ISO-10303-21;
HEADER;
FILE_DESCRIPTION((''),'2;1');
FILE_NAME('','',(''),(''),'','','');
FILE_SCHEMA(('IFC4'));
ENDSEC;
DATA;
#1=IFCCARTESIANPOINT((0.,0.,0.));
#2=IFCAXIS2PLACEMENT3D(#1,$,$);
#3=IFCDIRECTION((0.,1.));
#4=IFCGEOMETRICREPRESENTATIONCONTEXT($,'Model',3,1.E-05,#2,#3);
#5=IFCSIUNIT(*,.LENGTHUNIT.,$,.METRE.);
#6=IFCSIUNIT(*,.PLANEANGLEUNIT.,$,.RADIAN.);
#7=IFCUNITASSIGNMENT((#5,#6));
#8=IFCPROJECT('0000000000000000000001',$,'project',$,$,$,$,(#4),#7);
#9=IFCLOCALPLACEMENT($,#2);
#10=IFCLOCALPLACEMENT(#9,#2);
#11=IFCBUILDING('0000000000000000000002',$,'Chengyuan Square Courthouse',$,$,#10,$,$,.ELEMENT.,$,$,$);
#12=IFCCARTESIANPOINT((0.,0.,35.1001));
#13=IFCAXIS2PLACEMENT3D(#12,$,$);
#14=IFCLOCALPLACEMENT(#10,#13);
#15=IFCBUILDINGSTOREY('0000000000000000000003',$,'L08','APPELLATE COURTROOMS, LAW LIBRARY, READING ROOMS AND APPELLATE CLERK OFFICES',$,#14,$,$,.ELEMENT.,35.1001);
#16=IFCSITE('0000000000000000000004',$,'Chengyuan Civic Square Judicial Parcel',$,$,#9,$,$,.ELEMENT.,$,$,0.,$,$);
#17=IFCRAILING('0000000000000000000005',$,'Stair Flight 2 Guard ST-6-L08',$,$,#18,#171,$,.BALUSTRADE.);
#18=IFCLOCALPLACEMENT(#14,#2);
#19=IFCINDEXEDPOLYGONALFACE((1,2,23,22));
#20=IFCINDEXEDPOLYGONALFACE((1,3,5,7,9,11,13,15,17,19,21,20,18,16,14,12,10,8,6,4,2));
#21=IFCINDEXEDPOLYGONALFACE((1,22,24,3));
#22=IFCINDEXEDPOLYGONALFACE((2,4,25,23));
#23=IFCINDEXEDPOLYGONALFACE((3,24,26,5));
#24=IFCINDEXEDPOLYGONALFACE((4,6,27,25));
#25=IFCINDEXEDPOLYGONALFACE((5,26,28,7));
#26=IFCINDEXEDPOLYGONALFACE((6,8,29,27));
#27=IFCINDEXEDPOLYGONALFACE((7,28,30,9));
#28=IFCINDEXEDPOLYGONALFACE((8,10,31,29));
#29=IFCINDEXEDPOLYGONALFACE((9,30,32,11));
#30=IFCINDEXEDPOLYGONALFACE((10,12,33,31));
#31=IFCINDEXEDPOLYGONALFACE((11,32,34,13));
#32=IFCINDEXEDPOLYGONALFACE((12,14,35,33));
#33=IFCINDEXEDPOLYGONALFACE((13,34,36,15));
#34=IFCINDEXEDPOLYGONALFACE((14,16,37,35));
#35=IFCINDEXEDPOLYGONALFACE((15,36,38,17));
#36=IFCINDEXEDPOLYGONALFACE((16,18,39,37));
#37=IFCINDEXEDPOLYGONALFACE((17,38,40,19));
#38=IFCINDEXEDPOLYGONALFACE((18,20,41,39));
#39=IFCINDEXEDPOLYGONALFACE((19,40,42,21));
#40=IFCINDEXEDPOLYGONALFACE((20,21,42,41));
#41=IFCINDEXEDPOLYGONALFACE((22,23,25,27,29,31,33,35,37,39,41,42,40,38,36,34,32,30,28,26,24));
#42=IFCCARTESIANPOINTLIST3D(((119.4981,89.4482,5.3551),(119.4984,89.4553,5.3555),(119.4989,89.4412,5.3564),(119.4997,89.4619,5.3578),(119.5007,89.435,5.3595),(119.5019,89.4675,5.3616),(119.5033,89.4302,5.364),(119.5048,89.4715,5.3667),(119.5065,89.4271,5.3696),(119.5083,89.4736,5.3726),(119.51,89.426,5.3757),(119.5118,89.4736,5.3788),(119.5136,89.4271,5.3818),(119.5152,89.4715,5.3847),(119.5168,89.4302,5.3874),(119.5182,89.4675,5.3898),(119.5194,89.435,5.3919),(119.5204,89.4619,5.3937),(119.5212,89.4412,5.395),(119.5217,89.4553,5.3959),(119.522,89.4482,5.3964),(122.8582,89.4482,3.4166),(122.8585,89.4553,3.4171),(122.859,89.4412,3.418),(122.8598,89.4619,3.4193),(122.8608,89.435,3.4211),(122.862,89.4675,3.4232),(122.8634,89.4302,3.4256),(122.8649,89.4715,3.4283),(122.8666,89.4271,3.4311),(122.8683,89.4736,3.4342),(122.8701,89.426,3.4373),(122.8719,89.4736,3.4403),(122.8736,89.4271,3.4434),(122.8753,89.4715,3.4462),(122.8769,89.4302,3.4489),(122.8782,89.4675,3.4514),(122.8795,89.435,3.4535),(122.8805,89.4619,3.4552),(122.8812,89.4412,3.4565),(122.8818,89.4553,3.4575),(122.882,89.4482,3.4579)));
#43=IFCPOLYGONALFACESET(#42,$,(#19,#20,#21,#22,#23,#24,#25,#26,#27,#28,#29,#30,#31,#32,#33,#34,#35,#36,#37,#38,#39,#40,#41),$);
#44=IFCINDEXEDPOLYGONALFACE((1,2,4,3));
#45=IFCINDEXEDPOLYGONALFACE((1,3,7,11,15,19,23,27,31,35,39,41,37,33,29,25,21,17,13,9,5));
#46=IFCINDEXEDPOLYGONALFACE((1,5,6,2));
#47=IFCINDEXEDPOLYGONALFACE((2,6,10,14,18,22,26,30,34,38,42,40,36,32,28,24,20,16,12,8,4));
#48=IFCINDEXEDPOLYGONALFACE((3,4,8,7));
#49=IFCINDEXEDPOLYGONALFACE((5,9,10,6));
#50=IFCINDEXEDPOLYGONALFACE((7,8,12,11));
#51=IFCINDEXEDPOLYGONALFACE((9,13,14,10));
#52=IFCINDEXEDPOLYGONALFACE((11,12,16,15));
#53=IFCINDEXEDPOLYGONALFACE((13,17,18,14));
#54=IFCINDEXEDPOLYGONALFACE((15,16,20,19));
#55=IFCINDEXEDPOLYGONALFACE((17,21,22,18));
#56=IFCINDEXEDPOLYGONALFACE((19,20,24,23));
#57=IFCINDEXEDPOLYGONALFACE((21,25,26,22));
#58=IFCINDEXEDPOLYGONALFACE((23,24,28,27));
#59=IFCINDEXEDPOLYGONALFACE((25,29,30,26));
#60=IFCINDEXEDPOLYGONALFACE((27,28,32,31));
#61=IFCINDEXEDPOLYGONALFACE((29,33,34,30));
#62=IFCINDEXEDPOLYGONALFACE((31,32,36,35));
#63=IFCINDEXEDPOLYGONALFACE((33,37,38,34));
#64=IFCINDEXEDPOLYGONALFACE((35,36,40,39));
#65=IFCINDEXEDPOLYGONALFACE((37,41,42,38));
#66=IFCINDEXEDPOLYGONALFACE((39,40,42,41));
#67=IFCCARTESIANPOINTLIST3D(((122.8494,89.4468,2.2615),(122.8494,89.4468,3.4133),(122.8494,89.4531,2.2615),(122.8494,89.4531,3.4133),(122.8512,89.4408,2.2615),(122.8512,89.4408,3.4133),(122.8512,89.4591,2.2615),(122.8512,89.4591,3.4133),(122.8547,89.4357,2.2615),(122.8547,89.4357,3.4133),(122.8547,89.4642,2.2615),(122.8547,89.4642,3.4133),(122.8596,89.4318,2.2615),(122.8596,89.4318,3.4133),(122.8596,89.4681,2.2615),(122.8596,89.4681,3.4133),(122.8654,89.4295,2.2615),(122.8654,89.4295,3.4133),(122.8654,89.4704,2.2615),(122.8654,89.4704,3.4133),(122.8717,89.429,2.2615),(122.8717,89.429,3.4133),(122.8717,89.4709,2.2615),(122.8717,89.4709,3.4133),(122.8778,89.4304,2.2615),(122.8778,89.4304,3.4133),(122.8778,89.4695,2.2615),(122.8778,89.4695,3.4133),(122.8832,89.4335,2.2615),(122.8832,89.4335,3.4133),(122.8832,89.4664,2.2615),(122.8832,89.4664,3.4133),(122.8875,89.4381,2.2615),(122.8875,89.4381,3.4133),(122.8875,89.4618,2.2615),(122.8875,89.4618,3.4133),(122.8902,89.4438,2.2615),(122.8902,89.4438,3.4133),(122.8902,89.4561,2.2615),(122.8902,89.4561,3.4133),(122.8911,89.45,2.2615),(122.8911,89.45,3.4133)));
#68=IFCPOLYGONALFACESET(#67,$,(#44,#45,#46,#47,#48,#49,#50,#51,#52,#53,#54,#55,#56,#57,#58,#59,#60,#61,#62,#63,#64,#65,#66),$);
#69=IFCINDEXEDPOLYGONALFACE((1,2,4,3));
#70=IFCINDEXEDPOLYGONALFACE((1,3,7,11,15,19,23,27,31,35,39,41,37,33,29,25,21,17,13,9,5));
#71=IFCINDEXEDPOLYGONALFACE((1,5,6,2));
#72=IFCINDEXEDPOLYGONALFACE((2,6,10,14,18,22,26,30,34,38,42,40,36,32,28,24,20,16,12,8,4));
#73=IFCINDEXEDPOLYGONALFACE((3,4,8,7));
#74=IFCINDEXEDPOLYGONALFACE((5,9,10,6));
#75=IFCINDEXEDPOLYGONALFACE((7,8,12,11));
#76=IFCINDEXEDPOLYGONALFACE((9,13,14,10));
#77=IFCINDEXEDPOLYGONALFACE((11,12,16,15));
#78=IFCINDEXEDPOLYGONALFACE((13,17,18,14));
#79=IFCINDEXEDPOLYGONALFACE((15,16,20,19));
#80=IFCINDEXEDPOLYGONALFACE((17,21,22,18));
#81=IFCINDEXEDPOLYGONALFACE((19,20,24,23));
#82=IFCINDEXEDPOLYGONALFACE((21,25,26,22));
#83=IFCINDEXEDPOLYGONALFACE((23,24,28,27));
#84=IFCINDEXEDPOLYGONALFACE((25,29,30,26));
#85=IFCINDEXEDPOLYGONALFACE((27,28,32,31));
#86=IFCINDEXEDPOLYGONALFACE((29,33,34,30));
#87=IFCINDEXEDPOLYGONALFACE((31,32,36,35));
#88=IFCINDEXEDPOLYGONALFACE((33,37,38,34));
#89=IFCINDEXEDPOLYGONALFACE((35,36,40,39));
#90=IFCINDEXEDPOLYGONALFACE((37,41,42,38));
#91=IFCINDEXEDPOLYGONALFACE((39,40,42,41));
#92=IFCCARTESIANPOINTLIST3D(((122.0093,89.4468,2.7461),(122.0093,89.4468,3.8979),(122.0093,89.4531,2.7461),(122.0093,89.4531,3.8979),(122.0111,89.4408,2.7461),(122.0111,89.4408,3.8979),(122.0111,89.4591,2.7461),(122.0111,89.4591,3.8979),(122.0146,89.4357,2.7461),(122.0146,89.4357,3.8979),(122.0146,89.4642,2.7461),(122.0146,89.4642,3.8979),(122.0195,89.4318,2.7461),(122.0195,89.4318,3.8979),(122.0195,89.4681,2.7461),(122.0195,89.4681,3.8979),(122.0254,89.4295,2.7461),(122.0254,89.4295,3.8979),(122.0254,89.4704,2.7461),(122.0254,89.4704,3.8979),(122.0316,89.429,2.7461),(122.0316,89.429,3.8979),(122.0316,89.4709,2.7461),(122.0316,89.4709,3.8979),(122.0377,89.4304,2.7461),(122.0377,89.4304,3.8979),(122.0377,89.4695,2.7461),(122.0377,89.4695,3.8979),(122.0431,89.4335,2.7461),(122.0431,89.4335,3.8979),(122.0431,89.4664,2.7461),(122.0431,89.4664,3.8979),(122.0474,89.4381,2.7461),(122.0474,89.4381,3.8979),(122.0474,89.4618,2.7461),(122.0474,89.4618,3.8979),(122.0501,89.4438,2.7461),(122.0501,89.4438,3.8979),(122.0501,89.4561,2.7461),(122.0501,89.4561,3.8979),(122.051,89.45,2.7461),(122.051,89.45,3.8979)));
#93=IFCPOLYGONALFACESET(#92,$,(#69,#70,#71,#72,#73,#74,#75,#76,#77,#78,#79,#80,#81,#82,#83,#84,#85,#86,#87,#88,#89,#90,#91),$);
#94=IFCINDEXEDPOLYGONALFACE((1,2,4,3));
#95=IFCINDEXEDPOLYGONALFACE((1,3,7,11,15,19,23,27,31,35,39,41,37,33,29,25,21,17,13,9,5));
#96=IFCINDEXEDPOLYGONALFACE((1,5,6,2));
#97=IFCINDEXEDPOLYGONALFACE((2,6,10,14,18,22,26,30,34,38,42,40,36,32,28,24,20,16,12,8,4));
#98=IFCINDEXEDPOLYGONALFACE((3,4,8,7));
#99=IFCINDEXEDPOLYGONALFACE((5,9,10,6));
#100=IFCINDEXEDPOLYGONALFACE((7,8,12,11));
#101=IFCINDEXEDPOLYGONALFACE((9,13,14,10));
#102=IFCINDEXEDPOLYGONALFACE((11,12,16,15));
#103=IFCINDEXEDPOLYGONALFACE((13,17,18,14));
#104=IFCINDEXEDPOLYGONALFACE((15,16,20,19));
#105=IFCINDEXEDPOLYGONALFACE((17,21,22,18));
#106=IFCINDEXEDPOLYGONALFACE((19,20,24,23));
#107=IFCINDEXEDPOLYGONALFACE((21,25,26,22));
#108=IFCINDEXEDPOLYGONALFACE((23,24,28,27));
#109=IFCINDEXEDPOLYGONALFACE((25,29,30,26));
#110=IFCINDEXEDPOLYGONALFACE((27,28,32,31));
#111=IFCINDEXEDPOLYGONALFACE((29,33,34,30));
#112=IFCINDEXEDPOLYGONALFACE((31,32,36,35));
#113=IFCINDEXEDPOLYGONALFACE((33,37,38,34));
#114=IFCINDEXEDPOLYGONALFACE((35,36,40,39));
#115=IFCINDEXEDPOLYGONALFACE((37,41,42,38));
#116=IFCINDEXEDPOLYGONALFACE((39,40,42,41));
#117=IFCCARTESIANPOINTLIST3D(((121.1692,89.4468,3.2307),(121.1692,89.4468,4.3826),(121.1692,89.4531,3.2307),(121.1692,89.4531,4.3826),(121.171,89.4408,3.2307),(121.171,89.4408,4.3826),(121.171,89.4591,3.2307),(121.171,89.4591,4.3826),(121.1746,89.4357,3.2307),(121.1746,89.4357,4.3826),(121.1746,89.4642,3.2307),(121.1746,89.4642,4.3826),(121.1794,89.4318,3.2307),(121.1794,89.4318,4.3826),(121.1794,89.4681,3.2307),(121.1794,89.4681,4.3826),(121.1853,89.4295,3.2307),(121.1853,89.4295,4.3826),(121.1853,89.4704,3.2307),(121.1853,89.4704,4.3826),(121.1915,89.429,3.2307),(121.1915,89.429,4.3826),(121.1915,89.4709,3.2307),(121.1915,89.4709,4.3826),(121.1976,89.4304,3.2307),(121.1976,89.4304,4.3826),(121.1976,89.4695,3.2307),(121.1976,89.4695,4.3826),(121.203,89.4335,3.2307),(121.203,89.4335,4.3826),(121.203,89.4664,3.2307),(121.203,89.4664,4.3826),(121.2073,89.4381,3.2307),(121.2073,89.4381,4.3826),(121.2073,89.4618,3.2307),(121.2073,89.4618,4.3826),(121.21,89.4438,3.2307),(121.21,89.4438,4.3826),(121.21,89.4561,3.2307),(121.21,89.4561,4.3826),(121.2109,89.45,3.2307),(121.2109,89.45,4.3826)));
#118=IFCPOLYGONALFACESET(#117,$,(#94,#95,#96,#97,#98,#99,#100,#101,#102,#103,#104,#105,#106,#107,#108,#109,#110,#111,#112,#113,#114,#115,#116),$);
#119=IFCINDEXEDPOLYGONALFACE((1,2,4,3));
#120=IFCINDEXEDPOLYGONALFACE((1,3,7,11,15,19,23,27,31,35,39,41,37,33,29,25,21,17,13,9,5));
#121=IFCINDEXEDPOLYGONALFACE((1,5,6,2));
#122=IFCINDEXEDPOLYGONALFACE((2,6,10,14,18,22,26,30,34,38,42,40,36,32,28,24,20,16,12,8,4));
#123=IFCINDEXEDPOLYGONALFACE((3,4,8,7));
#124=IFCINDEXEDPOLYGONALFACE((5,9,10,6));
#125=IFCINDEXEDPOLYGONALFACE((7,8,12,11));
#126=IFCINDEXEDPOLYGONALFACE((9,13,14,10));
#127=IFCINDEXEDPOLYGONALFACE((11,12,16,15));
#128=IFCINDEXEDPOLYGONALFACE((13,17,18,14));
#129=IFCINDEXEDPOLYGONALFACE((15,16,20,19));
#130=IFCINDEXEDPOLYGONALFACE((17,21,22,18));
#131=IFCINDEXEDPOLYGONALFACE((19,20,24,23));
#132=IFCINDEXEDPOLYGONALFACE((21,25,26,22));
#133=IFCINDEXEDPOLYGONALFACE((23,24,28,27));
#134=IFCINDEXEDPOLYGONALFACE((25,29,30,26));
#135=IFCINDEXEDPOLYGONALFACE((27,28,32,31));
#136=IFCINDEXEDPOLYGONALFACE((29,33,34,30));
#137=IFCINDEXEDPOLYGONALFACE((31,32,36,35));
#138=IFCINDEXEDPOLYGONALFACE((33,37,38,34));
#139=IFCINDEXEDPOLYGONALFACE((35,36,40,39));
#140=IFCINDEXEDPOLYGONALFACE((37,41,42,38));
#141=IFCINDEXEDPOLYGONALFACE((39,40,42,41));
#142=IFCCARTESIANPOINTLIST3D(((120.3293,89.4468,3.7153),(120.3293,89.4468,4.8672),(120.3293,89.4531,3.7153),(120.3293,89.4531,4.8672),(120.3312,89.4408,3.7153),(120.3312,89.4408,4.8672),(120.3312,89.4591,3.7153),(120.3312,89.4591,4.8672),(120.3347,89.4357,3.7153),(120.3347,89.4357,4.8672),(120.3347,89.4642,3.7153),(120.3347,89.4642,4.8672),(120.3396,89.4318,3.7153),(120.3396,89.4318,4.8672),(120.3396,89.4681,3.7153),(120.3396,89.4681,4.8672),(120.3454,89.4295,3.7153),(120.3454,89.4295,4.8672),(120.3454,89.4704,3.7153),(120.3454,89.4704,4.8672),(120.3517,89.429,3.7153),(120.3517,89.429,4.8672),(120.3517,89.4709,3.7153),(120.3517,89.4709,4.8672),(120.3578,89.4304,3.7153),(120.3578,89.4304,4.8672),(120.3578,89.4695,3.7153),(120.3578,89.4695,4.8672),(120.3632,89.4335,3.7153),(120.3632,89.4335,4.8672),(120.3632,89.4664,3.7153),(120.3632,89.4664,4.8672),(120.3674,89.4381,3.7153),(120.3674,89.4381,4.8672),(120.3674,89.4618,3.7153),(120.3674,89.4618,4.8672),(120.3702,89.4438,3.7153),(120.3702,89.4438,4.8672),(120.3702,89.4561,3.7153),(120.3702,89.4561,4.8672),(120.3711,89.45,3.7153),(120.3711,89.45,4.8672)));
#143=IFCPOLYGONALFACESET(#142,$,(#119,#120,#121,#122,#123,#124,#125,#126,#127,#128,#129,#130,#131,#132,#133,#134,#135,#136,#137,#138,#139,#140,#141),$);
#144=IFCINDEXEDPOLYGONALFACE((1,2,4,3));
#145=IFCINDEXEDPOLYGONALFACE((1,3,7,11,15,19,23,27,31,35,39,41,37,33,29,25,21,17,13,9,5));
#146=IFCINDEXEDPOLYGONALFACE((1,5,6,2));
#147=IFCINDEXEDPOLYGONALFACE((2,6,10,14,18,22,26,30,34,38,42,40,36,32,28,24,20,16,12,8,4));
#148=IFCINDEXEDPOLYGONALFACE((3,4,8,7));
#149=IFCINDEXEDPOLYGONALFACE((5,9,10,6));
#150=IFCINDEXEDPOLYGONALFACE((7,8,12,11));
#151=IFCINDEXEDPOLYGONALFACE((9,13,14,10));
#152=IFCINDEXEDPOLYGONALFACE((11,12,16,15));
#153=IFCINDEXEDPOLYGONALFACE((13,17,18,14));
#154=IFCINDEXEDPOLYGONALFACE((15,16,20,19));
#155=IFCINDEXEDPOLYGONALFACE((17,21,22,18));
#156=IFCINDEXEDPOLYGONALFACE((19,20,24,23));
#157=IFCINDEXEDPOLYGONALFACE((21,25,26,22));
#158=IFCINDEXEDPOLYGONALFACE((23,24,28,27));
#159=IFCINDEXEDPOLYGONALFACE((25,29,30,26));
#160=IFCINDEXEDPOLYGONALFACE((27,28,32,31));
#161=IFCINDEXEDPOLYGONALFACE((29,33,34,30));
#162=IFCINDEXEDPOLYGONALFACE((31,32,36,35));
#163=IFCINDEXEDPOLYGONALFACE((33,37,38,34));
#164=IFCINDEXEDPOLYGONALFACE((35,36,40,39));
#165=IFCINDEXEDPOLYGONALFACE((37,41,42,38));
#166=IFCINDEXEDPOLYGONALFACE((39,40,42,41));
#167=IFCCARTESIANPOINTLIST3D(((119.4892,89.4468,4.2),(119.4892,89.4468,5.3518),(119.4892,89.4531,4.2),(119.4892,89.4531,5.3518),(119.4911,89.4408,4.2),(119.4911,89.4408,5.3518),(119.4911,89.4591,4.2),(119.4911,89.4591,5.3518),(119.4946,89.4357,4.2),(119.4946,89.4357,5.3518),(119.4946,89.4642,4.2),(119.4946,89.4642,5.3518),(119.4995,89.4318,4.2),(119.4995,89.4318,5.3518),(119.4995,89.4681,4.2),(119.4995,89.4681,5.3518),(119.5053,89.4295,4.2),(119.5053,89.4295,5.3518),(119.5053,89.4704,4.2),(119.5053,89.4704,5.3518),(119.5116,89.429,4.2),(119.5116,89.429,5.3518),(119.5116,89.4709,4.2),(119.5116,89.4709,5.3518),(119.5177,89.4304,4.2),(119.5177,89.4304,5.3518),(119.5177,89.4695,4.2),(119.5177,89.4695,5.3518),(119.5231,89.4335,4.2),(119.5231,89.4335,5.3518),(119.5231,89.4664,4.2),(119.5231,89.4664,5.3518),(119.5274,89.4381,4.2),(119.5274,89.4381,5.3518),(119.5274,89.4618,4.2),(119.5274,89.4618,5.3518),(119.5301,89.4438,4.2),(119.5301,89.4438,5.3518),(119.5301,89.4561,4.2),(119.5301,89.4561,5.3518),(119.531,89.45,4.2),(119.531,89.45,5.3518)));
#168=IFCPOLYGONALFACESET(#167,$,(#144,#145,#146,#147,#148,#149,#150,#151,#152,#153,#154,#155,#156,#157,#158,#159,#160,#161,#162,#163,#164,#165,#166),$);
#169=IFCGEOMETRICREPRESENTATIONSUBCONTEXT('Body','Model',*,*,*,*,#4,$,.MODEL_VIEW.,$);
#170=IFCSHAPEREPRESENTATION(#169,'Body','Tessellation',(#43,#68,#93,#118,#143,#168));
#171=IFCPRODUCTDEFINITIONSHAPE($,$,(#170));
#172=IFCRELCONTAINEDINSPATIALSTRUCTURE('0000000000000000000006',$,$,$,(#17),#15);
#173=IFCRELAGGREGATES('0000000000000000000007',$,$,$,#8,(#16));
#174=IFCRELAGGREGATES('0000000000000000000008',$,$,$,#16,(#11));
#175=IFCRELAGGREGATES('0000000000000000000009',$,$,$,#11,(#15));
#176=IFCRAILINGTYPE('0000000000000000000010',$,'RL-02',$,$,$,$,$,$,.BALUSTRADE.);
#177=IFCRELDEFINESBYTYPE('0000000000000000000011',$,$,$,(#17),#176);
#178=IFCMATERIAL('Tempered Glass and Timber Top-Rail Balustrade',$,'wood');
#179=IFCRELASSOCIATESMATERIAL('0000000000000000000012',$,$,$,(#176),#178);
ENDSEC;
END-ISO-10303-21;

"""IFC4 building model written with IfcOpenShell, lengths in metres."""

from ifc_helpers import new_model, si_unit, direction, frame, origin, origin_2d, place, context, subcontext, project, spatial, circle, extrude, material, type_object, element, save


model = new_model("IFC4")

# Units and contexts
model_context = context("Model", 3, precision=1e-05, world=origin(), true_north=direction((0.0, 1.0)))
body_context = subcontext(model_context, "Body", "Model", "MODEL_VIEW")
ifc_project = project(units=[si_unit("LENGTHUNIT", "METRE"), si_unit("PLANEANGLEUNIT", "RADIAN")], contexts=[model_context])

# Site, building, storey
site_placement = place(None, origin())
site = spatial("IfcSite", under=ifc_project, at=site_placement, Name="Chengyuan Civic Square Judicial Parcel", CompositionType="ELEMENT", RefElevation=0.0)
building_placement = place(site_placement, origin())
building = spatial("IfcBuilding", under=site, at=building_placement, Name="Chengyuan Square Courthouse", CompositionType="ELEMENT")
storey_placement = place(building_placement, frame((0.0, 0.0, 35.1001)))
storey = spatial("IfcBuildingStorey", under=building, at=storey_placement, Name="L08", Description="APPELLATE COURTROOMS, LAW LIBRARY, READING ROOMS AND APPELLATE CLERK OFFICES", CompositionType="ELEMENT", Elevation=35.1001)

# Railing
ifc_material_1 = material(Name="Tempered Glass and Timber Top-Rail Balustrade", Category="wood")
railing_type_1 = type_object("IfcRailingType", Name="RL-02", PredefinedType="BALUSTRADE", material=ifc_material_1)
railing_1_placement = place(storey_placement, frame((122.8701, 89.45, 2.2615)))
element("IfcRailing", 1, at=railing_1_placement, inside=storey, type_object=railing_type_1, Name="Stair Flight 2 Guard ST-6-L08", PredefinedType="BALUSTRADE", context=body_context, shape_type="SweptSolid", body=[
    extrude(circle(Radius=0.0239, at=origin_2d()), frame((0.0, 0.0, 1.1758), z_axis=(-0.866191, 0.0, 0.499713), x_axis=(0.0, -1.0, 0.0)), (0.0, 0.0, 1.0), 3.8792),
    extrude(circle(Radius=0.021, at=origin_2d()), origin(), (0.0, 0.0, 1.0), 1.1519),
    extrude(circle(Radius=0.021, at=origin_2d()), frame((-0.8401, 0.0, 0.4846)), (0.0, 0.0, 1.0), 1.1519),
    extrude(circle(Radius=0.021, at=origin_2d()), frame((-1.6802, 0.0, 0.9692)), (0.0, 0.0, 1.0), 1.1519),
    extrude(circle(Radius=0.021, at=origin_2d()), frame((-2.52, 0.0, 1.4539)), (0.0, 0.0, 1.0), 1.1519),
    extrude(circle(Radius=0.021, at=origin_2d()), frame((-3.3601, 0.0, 1.9385)), (0.0, 0.0, 1.0), 1.1519),
])

save(model, "model.ifc")
